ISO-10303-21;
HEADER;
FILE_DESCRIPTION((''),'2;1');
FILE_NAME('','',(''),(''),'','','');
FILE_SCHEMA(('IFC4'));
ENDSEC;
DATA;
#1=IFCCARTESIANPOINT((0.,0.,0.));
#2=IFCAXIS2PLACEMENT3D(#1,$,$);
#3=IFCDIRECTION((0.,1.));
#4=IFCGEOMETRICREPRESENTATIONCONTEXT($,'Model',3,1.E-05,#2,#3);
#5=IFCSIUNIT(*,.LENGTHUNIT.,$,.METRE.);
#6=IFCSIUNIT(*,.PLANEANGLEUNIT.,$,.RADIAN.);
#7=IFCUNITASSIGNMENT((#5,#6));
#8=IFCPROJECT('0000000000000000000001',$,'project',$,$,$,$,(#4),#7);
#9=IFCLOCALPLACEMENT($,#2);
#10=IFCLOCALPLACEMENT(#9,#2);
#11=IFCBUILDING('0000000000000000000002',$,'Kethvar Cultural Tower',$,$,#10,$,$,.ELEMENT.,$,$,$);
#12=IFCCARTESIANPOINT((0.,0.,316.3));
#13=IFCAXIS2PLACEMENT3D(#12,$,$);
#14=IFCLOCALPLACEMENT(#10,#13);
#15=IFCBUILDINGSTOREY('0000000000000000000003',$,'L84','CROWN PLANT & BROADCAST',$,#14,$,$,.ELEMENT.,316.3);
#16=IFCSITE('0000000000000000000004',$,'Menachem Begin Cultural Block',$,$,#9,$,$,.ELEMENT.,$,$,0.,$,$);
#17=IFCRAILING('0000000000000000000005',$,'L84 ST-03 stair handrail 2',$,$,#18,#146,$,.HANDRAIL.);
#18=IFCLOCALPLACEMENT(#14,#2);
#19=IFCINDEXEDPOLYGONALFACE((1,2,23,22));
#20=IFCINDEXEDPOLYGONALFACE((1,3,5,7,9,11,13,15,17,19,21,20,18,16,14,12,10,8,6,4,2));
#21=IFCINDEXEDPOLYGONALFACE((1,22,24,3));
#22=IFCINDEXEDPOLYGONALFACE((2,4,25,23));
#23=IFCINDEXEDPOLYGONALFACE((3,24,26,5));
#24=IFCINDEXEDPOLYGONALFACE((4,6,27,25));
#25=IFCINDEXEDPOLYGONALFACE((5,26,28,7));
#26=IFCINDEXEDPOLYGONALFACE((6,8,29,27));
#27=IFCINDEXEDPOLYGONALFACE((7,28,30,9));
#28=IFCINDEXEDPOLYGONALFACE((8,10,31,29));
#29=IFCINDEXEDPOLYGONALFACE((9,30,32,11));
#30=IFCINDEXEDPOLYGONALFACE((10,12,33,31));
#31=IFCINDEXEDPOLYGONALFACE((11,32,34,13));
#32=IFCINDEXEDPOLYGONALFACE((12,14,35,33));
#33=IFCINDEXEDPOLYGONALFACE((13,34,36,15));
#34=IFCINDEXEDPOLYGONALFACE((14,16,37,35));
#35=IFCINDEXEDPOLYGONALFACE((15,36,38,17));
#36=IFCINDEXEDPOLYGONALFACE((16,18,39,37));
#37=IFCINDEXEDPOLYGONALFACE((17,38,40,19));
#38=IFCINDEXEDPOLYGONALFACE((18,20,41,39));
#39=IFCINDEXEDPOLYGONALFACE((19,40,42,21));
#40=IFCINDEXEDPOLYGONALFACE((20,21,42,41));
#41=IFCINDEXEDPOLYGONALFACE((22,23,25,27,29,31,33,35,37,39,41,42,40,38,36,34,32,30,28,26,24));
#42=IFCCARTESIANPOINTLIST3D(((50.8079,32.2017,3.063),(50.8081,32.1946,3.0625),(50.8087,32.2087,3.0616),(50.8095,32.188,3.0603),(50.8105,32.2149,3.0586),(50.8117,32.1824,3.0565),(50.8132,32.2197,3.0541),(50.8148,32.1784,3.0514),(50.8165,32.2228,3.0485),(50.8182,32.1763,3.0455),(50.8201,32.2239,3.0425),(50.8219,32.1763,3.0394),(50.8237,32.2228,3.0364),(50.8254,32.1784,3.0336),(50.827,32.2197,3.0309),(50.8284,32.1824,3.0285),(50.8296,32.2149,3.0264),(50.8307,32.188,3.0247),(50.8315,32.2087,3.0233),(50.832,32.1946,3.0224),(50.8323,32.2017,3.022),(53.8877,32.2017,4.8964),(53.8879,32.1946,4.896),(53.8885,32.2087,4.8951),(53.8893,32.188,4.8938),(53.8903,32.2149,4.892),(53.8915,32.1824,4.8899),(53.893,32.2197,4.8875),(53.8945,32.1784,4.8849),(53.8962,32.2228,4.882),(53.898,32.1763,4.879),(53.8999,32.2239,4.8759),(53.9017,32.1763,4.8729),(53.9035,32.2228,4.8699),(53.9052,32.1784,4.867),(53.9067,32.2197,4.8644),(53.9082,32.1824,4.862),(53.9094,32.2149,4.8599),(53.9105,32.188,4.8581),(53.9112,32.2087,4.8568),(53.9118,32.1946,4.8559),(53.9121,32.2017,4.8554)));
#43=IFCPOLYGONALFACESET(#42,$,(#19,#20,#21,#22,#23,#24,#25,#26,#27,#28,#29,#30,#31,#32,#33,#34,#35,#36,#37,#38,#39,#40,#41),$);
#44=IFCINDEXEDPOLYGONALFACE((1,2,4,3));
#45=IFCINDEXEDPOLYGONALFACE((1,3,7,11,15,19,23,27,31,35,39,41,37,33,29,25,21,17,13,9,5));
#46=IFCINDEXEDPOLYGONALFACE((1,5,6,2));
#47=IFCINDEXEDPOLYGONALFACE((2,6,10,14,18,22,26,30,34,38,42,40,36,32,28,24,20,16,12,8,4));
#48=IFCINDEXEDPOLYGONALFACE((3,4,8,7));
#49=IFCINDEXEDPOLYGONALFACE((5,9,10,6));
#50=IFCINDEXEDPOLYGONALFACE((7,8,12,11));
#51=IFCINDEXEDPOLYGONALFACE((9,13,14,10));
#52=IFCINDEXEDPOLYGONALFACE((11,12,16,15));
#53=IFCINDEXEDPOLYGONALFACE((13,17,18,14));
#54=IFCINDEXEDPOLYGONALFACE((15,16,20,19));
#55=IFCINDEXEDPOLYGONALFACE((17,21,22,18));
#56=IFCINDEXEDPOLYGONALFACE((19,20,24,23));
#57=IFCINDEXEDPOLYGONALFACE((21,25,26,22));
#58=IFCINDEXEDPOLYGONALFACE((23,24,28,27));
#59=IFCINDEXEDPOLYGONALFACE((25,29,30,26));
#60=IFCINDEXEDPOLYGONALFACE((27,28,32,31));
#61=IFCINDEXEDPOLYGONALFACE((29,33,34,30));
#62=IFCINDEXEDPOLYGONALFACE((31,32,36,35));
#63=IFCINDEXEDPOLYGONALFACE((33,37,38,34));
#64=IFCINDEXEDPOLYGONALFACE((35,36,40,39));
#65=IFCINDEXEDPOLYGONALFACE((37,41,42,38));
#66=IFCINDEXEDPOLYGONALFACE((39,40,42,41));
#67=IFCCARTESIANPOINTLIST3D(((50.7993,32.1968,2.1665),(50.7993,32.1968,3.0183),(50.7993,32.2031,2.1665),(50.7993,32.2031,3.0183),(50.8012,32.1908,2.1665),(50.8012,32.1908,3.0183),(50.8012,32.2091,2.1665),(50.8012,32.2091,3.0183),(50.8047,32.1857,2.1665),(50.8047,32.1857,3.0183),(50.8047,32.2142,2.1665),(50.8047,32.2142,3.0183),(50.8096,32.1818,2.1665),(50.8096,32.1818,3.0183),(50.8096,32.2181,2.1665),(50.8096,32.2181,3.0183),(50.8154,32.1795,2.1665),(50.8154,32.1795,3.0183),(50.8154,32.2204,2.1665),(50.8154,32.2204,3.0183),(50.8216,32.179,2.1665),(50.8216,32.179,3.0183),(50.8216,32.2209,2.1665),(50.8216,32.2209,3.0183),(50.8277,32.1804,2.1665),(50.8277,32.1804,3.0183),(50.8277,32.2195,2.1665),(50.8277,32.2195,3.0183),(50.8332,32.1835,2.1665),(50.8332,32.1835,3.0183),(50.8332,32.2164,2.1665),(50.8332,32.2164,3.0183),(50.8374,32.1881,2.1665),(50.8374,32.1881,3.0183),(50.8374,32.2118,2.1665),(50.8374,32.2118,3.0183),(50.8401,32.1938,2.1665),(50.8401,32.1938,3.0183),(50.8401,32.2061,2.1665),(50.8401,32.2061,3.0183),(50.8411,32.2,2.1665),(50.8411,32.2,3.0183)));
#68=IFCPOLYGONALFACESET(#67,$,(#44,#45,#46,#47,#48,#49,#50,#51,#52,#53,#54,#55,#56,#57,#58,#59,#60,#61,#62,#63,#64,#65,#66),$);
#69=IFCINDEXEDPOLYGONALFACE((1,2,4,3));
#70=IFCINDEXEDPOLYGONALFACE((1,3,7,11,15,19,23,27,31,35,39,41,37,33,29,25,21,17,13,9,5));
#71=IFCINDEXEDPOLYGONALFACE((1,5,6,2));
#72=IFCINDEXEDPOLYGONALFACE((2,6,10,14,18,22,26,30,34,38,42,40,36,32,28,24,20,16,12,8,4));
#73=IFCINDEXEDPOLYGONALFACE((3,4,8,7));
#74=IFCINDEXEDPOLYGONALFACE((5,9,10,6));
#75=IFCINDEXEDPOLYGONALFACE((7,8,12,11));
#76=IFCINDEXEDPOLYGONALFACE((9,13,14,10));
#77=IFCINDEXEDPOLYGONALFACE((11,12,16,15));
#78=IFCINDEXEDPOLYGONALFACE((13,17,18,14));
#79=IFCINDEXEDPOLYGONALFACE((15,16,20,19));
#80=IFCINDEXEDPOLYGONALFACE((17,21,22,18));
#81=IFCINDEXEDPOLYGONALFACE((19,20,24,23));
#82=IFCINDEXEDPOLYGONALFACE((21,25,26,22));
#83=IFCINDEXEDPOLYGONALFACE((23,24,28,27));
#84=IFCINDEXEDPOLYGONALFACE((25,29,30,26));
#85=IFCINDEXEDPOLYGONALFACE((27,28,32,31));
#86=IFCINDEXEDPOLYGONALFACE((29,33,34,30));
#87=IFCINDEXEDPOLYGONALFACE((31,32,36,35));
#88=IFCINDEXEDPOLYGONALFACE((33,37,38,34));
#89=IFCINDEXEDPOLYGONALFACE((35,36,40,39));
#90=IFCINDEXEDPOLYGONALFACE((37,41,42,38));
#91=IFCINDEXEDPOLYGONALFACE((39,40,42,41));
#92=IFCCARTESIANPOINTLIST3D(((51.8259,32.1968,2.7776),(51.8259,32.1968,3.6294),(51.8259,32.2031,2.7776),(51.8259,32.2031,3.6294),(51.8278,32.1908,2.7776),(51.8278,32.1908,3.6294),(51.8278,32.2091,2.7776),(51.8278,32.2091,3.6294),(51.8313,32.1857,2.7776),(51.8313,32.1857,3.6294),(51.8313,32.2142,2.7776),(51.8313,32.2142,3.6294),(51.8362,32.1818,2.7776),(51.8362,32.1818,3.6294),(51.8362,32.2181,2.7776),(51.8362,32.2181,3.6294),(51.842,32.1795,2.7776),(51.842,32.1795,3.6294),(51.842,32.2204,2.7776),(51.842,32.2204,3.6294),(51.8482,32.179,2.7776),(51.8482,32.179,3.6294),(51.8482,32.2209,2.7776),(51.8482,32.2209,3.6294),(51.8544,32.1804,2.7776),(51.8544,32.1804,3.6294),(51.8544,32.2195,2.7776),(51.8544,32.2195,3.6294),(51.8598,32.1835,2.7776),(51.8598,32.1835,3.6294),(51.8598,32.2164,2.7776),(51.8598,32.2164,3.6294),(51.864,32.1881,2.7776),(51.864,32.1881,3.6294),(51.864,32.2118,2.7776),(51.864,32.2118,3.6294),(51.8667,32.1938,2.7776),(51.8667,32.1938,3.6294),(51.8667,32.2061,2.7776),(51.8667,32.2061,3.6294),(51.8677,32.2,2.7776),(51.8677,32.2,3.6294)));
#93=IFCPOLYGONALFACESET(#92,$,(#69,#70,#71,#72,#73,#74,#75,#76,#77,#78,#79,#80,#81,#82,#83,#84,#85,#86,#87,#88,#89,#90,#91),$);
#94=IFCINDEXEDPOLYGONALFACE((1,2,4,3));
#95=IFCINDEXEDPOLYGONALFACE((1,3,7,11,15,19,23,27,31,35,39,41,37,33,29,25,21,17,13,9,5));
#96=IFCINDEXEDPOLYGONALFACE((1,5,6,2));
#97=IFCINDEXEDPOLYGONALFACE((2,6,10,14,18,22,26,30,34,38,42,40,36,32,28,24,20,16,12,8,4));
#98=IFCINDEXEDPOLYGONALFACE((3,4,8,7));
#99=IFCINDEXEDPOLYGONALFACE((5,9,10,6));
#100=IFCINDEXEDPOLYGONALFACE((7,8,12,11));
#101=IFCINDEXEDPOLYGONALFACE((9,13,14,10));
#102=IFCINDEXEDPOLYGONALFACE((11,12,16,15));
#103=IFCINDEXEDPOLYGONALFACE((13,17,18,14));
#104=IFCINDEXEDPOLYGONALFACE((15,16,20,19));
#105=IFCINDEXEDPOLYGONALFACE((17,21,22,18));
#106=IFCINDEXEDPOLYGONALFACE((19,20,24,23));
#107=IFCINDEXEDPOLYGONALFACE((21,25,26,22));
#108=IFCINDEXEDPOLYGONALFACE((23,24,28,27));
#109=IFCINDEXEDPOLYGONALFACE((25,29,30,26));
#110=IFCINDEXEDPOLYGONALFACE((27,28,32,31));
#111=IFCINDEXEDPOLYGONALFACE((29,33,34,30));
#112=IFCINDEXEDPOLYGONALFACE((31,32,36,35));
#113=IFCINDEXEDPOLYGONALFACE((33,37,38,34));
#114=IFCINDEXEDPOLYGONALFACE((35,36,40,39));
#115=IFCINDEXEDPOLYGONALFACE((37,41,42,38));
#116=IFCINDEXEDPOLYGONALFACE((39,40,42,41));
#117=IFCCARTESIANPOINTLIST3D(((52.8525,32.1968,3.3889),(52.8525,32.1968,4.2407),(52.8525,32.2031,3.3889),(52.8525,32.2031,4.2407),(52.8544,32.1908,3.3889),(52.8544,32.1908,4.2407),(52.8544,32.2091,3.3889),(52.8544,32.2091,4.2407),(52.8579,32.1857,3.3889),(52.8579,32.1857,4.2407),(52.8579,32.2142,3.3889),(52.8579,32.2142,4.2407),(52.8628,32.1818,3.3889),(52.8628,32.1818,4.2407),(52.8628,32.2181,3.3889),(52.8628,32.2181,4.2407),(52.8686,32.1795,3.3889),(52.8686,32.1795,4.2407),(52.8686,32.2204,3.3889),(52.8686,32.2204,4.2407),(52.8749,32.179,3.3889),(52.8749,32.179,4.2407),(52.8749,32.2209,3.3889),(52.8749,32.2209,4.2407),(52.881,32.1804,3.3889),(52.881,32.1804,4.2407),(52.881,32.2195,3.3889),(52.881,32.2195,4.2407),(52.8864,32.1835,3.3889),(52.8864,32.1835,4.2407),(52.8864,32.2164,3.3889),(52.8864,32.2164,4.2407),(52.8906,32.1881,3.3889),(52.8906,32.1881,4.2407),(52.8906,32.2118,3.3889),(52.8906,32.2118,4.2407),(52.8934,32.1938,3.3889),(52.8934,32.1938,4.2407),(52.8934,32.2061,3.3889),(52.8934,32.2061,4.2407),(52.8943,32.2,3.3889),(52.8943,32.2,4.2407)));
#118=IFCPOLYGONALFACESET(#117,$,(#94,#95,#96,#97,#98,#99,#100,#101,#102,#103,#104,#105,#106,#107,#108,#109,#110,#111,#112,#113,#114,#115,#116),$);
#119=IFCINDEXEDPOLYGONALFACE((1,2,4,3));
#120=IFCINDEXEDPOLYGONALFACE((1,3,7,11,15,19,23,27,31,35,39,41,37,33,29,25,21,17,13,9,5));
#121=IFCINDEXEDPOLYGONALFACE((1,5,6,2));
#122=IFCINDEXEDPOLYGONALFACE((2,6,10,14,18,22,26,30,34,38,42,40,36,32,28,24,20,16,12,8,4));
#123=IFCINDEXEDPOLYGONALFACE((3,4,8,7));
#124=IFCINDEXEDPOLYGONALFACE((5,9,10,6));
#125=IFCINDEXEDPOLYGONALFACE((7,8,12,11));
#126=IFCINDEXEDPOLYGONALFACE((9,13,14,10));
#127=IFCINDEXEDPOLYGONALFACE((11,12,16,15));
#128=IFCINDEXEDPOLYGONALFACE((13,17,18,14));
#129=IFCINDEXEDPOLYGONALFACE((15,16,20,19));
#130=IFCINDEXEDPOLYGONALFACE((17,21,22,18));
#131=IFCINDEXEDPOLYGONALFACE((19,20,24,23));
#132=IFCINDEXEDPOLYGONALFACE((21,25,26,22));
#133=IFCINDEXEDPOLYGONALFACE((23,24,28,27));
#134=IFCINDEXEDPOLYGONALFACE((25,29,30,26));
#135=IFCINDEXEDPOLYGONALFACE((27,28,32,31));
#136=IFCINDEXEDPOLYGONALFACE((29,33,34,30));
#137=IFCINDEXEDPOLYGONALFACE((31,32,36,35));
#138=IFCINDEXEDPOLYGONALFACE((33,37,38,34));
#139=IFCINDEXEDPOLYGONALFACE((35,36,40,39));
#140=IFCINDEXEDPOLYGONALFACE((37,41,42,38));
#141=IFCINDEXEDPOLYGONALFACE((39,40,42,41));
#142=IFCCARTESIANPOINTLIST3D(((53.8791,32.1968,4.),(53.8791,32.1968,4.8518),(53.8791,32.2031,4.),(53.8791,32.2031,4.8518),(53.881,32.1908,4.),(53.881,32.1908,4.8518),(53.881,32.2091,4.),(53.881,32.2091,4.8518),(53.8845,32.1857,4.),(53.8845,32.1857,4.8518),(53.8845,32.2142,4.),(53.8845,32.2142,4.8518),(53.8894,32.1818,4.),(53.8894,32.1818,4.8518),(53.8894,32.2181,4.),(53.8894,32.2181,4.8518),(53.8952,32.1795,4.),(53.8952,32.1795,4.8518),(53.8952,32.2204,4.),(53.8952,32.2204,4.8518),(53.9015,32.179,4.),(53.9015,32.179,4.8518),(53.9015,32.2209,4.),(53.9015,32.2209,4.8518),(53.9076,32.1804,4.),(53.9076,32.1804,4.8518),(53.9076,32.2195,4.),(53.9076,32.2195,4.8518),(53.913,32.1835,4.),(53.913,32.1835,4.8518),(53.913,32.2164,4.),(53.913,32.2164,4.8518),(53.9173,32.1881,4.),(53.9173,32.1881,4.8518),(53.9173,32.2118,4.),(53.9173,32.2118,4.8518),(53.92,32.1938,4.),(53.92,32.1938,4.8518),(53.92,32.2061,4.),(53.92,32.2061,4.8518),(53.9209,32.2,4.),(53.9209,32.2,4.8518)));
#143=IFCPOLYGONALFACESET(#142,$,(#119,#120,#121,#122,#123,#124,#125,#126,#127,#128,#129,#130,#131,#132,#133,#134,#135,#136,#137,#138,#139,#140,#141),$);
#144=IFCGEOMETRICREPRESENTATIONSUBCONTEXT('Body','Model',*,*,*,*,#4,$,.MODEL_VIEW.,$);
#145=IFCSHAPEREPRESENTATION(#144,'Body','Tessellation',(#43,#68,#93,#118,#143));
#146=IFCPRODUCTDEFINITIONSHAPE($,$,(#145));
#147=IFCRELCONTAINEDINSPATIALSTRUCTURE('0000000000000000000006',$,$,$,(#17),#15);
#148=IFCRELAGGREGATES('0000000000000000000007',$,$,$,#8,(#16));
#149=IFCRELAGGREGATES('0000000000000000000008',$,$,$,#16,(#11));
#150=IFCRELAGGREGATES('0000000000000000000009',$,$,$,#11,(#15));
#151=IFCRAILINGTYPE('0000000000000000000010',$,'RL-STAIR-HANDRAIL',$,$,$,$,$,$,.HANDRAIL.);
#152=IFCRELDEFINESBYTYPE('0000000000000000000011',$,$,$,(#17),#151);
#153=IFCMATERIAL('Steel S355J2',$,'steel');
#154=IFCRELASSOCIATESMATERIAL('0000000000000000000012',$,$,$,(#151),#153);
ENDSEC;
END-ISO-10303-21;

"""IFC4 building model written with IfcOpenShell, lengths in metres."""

from ifc_helpers import new_model, si_unit, direction, frame, origin, origin_2d, place, context, subcontext, project, spatial, circle, extrude, material, type_object, element, save


model = new_model("IFC4")

# Units and contexts
model_context = context("Model", 3, precision=1e-05, world=origin(), true_north=direction((0.0, 1.0)))
body_context = subcontext(model_context, "Body", "Model", "MODEL_VIEW")
ifc_project = project(units=[si_unit("LENGTHUNIT", "METRE"), si_unit("PLANEANGLEUNIT", "RADIAN")], contexts=[model_context])

# Site, building, storey
site_placement = place(None, origin())
site = spatial("IfcSite", under=ifc_project, at=site_placement, Name="Menachem Begin Cultural Block", CompositionType="ELEMENT", RefElevation=0.0)
building_placement = place(site_placement, origin())
building = spatial("IfcBuilding", under=site, at=building_placement, Name="Kethvar Cultural Tower", CompositionType="ELEMENT")
storey_placement = place(building_placement, frame((0.0, 0.0, 316.3)))
storey = spatial("IfcBuildingStorey", under=building, at=storey_placement, Name="L84", Description="CROWN PLANT & BROADCAST", CompositionType="ELEMENT", Elevation=316.3)

# Shared definitions
ifc_material_1 = material(Name="Steel S355J2", Category="steel")

# Railing
railing_type_1 = type_object("IfcRailingType", Name="RL-STAIR-HANDRAIL", PredefinedType="HANDRAIL", material=ifc_material_1)
railing_1_placement = place(storey_placement, frame((50.8201, 32.2, 2.1665)))
element("IfcRailing", 1, at=railing_1_placement, inside=storey, type_object=railing_type_1, Name="L84 ST-03 stair handrail 2", PredefinedType="HANDRAIL", context=body_context, shape_type="SweptSolid", body=[
    extrude(circle(Radius=0.0239, at=origin_2d()), frame((0.0, 0.0, 0.876), z_axis=(0.859261, 0.0, 0.511538), x_axis=(0.0, 1.0, 0.0)), (0.0, 0.0, 1.0), 3.5842),
    extrude(circle(Radius=0.021, at=origin_2d()), origin(), (0.0, 0.0, 1.0), 0.8518),
    extrude(circle(Radius=0.021, at=origin_2d()), frame((1.0266, 0.0, 0.6111)), (0.0, 0.0, 1.0), 0.8518),
    extrude(circle(Radius=0.021, at=origin_2d()), frame((2.0532, 0.0, 1.2224)), (0.0, 0.0, 1.0), 0.8518),
    extrude(circle(Radius=0.021, at=origin_2d()), frame((3.0798, 0.0, 1.8335)), (0.0, 0.0, 1.0), 0.8518),
])

save(model, "model.ifc")
